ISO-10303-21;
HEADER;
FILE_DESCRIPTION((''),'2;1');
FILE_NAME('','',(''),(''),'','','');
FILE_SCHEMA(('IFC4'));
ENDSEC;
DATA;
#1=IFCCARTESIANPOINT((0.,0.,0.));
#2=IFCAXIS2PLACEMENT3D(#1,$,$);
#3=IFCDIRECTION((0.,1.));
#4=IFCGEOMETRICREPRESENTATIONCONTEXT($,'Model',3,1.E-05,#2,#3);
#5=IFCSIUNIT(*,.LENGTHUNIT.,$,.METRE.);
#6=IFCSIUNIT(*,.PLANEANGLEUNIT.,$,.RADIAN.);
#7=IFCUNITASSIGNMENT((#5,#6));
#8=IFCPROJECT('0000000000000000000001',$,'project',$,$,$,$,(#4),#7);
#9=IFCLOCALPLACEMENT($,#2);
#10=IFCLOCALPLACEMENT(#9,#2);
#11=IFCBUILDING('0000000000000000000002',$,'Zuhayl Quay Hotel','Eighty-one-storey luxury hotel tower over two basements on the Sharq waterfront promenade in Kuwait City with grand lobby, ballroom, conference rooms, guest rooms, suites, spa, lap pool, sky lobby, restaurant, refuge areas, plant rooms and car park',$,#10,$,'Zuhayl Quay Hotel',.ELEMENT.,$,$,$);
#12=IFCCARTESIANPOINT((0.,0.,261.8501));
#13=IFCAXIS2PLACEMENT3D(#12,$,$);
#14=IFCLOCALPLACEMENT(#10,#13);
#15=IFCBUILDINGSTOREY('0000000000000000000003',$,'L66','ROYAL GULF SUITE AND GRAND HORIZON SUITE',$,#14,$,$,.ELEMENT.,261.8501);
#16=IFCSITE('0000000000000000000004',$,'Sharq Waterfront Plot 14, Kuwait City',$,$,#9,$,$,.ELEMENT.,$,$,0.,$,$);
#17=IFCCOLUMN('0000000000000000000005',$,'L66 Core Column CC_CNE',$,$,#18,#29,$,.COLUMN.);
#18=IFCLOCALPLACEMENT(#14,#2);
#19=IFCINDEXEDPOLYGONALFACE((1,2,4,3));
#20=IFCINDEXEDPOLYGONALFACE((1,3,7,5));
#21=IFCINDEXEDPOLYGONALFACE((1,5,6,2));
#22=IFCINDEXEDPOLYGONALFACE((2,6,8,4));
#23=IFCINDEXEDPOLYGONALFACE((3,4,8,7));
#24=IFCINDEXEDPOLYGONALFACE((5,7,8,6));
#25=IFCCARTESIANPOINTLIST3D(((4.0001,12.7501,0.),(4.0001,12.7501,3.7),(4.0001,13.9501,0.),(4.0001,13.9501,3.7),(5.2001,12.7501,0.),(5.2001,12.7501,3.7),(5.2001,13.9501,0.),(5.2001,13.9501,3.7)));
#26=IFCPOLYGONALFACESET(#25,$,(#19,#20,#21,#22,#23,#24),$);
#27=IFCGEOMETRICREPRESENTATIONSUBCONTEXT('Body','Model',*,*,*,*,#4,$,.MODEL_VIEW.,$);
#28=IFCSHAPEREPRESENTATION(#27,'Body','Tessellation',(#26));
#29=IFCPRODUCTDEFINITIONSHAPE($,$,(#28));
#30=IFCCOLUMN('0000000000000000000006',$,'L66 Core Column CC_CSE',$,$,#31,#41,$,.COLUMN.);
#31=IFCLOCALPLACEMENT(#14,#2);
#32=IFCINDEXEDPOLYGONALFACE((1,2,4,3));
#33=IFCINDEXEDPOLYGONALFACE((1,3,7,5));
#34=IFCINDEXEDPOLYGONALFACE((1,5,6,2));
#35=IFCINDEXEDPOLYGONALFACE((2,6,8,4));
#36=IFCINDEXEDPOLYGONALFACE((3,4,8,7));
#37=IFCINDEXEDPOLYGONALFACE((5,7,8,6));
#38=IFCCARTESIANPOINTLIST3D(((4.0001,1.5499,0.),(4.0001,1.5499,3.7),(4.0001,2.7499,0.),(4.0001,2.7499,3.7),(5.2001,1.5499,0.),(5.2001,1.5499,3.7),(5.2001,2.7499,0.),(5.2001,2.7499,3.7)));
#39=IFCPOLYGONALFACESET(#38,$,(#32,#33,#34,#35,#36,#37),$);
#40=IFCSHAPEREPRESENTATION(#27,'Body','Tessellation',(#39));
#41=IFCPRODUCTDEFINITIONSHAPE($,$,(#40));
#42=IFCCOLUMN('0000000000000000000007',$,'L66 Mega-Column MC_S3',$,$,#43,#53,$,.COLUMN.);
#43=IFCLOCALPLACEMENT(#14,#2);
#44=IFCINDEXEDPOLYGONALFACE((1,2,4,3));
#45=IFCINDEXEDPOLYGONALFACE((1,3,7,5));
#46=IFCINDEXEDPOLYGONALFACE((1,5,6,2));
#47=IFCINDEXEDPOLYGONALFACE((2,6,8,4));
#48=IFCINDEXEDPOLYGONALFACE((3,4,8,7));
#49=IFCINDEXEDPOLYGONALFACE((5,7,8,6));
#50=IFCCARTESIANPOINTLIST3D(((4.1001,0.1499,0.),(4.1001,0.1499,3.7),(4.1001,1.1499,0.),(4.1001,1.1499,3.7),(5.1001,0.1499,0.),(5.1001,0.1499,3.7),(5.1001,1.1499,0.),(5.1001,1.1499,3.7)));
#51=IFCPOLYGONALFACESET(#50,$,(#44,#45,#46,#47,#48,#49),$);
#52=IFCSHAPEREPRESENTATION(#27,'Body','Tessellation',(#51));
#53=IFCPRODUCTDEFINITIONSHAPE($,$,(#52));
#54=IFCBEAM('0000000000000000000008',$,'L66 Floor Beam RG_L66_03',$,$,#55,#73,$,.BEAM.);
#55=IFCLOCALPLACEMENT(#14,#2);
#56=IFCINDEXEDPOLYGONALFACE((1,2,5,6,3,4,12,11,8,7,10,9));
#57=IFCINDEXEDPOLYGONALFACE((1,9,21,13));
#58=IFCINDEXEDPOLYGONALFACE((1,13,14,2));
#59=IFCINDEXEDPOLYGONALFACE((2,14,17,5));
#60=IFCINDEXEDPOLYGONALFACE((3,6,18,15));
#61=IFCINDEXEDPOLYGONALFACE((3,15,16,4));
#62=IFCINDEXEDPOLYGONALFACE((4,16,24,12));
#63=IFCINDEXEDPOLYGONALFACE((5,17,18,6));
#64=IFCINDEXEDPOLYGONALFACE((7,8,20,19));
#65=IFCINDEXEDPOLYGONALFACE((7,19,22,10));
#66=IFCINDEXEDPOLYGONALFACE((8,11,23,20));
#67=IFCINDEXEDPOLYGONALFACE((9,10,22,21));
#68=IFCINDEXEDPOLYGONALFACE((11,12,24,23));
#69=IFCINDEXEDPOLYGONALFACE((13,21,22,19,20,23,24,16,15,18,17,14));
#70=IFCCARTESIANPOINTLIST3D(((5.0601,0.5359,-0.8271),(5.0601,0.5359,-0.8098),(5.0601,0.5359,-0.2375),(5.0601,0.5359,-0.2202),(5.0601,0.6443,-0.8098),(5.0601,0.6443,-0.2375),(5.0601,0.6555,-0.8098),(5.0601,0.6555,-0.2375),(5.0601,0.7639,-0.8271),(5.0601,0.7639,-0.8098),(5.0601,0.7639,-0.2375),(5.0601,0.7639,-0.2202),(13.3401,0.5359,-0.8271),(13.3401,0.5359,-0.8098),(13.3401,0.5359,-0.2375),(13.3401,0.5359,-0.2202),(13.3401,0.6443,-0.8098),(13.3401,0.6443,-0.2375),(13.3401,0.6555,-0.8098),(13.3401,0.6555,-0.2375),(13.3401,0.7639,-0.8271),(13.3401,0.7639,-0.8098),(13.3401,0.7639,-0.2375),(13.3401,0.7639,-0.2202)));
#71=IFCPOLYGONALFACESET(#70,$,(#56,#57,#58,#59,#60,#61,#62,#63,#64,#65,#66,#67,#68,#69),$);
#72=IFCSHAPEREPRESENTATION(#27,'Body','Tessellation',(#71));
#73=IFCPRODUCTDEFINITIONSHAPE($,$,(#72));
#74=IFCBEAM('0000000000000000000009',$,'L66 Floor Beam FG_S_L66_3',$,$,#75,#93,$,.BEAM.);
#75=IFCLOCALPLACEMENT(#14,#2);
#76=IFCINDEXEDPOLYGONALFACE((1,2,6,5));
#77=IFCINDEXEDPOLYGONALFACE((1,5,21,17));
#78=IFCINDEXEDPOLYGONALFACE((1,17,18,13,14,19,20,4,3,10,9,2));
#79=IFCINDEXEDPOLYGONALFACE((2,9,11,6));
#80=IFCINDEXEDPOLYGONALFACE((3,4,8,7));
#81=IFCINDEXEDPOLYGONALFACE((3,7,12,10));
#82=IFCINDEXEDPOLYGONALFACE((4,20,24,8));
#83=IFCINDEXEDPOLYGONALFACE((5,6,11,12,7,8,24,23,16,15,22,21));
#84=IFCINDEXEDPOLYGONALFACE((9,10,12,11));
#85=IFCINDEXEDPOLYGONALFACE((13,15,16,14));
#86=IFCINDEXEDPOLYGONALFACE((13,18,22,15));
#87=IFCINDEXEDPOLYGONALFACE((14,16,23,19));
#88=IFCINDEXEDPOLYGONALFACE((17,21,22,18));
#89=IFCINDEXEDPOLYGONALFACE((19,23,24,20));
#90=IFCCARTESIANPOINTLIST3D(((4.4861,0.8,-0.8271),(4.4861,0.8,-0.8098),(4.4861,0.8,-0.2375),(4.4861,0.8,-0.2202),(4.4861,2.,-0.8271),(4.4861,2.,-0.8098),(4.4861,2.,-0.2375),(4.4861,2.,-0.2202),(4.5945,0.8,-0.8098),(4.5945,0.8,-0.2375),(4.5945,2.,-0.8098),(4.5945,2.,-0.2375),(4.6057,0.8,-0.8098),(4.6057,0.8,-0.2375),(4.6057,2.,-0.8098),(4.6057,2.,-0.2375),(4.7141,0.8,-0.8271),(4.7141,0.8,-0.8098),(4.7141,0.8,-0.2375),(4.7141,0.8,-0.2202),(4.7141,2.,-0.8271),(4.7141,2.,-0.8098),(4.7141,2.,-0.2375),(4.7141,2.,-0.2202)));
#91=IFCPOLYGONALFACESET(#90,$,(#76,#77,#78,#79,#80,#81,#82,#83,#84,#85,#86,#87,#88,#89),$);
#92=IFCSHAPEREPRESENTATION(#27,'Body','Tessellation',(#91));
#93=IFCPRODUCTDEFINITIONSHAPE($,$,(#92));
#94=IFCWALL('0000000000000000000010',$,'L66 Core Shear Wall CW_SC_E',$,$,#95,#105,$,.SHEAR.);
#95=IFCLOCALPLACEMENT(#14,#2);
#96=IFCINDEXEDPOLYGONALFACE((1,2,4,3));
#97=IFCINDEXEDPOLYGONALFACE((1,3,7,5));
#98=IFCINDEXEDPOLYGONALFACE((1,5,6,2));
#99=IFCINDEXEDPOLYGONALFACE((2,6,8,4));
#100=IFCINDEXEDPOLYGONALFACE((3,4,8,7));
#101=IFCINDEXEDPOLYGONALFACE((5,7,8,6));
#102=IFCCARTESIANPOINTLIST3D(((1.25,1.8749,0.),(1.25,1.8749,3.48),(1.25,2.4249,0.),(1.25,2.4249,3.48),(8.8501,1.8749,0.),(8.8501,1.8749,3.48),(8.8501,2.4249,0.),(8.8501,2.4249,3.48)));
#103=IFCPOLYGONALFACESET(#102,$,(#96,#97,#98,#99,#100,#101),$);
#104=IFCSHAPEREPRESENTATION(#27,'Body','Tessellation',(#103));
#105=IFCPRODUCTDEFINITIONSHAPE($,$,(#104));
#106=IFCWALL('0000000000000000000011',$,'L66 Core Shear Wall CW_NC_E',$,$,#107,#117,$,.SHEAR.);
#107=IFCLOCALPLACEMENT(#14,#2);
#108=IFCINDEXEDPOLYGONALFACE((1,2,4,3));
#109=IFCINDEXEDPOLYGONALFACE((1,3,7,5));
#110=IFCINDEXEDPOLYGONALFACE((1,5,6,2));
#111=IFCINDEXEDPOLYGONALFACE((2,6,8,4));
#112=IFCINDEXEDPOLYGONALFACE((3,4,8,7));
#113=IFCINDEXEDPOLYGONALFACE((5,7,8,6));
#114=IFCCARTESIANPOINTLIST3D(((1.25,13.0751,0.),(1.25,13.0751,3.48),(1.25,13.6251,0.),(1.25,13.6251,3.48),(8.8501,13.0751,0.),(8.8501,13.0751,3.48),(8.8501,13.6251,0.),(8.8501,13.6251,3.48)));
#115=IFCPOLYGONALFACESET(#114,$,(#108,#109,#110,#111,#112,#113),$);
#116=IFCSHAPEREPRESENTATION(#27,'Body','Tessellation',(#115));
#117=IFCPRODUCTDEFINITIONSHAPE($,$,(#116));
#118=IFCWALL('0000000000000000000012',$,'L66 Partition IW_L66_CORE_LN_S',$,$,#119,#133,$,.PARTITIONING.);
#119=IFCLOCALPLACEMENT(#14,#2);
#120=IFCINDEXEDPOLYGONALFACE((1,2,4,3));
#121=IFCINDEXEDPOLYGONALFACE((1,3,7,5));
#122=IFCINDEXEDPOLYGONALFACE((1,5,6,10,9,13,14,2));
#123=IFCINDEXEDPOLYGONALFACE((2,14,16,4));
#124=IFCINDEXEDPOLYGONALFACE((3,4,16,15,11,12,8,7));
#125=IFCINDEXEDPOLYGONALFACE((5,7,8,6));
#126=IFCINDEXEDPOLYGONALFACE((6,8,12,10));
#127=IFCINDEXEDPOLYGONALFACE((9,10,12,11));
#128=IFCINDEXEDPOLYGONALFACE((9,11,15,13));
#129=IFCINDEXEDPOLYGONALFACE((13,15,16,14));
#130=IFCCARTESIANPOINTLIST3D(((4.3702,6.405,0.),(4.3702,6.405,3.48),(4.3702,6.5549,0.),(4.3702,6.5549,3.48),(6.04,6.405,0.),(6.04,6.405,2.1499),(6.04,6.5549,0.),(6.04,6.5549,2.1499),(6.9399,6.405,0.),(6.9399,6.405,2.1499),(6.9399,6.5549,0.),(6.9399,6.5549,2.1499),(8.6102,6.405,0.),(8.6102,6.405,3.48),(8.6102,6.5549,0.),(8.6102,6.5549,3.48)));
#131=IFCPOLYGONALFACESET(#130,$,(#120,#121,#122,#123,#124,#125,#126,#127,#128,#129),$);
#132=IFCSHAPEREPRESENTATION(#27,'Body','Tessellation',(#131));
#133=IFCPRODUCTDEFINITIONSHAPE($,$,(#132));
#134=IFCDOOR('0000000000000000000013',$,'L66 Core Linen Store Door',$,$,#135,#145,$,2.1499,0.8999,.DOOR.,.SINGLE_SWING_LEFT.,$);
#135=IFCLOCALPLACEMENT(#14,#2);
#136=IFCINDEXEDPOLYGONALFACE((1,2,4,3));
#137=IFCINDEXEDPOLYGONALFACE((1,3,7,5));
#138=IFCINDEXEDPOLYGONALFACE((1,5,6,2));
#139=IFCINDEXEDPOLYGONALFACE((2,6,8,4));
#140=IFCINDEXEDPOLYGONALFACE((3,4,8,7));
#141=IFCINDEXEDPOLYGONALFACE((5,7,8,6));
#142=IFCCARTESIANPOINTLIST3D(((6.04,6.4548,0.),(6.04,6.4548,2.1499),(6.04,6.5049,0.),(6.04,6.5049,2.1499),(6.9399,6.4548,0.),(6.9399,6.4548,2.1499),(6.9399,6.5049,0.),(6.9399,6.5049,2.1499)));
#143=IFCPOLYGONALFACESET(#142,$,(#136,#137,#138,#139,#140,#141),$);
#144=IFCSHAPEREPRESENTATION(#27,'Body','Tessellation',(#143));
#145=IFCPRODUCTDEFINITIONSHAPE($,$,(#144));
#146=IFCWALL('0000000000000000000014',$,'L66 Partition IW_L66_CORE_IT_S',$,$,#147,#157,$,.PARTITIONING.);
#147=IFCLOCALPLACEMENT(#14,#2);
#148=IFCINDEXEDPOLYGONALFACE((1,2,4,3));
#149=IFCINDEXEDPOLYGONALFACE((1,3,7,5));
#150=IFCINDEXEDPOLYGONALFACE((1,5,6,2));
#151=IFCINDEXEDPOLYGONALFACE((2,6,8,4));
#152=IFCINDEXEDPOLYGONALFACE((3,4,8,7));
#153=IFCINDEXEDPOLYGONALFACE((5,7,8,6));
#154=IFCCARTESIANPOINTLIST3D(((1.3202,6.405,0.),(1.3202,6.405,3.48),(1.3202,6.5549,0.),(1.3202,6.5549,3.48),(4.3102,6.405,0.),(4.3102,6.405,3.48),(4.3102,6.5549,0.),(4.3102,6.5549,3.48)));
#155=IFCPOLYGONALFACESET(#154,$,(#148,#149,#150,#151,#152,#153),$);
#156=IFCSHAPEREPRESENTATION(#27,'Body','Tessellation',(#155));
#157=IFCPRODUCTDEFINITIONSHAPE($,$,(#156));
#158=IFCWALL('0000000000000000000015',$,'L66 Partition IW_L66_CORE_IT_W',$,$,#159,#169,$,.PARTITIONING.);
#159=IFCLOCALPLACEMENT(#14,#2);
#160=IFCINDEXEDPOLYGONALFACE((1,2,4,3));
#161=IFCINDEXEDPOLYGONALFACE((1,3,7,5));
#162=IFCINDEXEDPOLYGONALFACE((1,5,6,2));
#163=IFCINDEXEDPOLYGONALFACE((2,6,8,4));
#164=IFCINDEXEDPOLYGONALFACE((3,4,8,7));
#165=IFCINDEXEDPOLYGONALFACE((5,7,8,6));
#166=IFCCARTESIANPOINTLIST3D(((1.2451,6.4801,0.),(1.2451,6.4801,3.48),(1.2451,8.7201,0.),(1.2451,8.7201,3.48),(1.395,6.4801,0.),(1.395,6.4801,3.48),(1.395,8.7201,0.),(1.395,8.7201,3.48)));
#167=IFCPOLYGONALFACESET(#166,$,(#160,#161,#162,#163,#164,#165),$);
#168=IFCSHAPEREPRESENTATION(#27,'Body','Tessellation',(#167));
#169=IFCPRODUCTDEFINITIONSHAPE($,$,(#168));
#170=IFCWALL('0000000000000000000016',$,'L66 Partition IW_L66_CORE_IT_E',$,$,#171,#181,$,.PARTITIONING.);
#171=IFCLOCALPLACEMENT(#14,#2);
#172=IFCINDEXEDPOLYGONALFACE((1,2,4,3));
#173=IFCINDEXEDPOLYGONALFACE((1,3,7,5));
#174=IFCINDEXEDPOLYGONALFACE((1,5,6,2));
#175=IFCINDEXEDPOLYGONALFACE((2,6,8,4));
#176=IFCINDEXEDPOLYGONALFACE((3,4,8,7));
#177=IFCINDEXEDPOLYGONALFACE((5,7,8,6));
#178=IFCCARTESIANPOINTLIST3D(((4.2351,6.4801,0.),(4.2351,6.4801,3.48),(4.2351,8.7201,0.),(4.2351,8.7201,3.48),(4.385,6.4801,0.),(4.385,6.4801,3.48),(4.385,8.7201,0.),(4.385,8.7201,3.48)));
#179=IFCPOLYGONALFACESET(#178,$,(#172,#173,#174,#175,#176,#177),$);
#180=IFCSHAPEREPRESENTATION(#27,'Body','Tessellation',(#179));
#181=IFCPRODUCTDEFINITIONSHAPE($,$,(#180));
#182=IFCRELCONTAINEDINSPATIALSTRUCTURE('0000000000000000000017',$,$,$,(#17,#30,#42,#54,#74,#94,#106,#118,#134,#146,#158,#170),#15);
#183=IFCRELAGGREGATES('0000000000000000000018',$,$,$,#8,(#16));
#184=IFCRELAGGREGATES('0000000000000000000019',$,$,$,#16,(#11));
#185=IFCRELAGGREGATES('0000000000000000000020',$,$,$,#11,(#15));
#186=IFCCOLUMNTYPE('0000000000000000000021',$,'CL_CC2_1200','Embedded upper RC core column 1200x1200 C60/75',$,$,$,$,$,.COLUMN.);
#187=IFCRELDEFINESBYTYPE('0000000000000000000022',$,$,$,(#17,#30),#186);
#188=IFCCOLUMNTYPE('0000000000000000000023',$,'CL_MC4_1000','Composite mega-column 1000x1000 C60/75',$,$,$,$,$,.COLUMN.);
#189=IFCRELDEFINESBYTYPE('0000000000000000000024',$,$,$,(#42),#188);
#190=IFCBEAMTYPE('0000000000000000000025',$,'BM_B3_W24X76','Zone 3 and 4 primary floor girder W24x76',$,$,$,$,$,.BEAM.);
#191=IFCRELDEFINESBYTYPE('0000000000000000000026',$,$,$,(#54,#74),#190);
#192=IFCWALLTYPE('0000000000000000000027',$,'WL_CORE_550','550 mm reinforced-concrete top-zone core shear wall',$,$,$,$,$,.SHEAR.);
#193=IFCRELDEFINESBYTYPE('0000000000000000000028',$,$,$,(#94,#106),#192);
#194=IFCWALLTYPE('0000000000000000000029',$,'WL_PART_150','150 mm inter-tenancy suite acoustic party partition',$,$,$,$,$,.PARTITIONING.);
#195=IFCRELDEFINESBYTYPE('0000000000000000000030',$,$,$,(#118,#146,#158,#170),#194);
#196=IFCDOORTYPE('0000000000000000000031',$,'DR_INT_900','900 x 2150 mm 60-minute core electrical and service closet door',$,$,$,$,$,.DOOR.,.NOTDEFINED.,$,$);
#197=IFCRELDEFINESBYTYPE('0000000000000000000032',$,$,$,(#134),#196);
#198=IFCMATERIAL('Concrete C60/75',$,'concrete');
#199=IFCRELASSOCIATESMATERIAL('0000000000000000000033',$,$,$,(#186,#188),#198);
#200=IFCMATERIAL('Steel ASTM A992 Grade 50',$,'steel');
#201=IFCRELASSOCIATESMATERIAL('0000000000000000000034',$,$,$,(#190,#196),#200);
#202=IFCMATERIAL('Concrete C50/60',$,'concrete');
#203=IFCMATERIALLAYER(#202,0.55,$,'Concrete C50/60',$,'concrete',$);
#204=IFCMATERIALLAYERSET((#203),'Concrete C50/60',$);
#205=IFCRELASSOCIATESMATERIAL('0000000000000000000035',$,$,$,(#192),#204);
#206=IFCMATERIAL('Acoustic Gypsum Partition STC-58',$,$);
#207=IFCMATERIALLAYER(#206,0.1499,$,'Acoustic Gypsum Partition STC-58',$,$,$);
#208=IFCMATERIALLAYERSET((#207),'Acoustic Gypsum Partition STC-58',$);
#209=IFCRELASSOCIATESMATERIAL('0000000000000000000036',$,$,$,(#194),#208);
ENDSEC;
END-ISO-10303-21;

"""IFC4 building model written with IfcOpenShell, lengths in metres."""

from ifc_helpers import new_model, si_unit, direction, frame, frame_2d, origin, origin_2d, place, context, subcontext, project, spatial, rectangle, i_section, extrude, material, layer, layer_set, material_profile, profile_set, type_object, element, fill, save


model = new_model("IFC4")

# Units and contexts
model_context = context("Model", 3, precision=1e-05, world=origin(), true_north=direction((0.0, 1.0)))
body_context = subcontext(model_context, "Body", "Model", "MODEL_VIEW")
ifc_project = project(units=[si_unit("LENGTHUNIT", "METRE"), si_unit("PLANEANGLEUNIT", "RADIAN")], contexts=[model_context])

# Site, building, storey
site_placement = place(None, origin())
site = spatial("IfcSite", under=ifc_project, at=site_placement, Name="Sharq Waterfront Plot 14, Kuwait City", CompositionType="ELEMENT", RefElevation=0.0)
building_placement = place(site_placement, origin())
building = spatial("IfcBuilding", under=site, at=building_placement, Name="Zuhayl Quay Hotel", Description="Eighty-one-storey luxury hotel tower over two basements on the Sharq waterfront promenade in Kuwait City with grand lobby, ballroom, conference rooms, guest rooms, suites, spa, lap pool, sky lobby, restaurant, refuge areas, plant rooms and car park", LongName="Zuhayl Quay Hotel", CompositionType="ELEMENT")
storey_placement = place(building_placement, frame((0.0, 0.0, 261.8501)))
storey = spatial("IfcBuildingStorey", under=building, at=storey_placement, Name="L66", Description="ROYAL GULF SUITE AND GRAND HORIZON SUITE", CompositionType="ELEMENT", Elevation=261.8501)

# Columns
ifc_material_1 = material(Name="Concrete C60/75", Category="concrete")
ifc_material_profile_1 = material_profile(ifc_material_1, rectangle(XDim=1.2, YDim=1.2, at=origin_2d()), Name="RC1200X1200")
ifc_profile_set_1 = profile_set([ifc_material_profile_1], Name="Concrete C60/75")
column_type_1 = type_object("IfcColumnType", Name="CL_CC2_1200", Description="Embedded upper RC core column 1200x1200 C60/75", PredefinedType="COLUMN", material=ifc_profile_set_1)
for number, where, z_axis, x_axis, name in (
    (1, (4.6001, 13.3501, 0.0), (0.0, 0.0, 1.0), (1.0, 0.0, 0.0), "L66 Core Column CC_CNE"),
    (2, (4.6001, 2.1499, 0.0), (0.0, 0.0, 1.0), (1.0, 0.0, 0.0), "L66 Core Column CC_CSE"),
):
    element("IfcColumn", number, at=place(storey_placement, frame(where, z_axis=z_axis, x_axis=x_axis)), inside=storey, type_object=column_type_1, Name=name, PredefinedType="COLUMN", context=body_context, shape_type="SweptSolid", body=[
        extrude(rectangle(XDim=1.2, YDim=1.2, at=origin_2d()), origin(), (0.0, 0.0, 1.0), 3.7),
    ])
ifc_material_profile_2 = material_profile(ifc_material_1, rectangle(XDim=1.0, YDim=1.0, at=origin_2d()), Name="RC1000X1000")
ifc_profile_set_2 = profile_set([ifc_material_profile_2], Name="Concrete C60/75")
column_type_2 = type_object("IfcColumnType", Name="CL_MC4_1000", Description="Composite mega-column 1000x1000 C60/75", PredefinedType="COLUMN", material=ifc_profile_set_2)
column_placement = place(storey_placement, frame((4.6001, 0.6499, 0.0), z_axis=(0.0, 0.0, 1.0), x_axis=(1.0, 0.0, 0.0)))
element("IfcColumn", 3, at=column_placement, inside=storey, type_object=column_type_2, Name="L66 Mega-Column MC_S3", PredefinedType="COLUMN", context=body_context, shape_type="SweptSolid", body=[
    extrude(rectangle(XDim=1.0, YDim=1.0, at=origin_2d()), origin(), (0.0, 0.0, 1.0), 3.7),
])

# Beams
ifc_material_2 = material(Name="Steel ASTM A992 Grade 50", Category="steel")
ifc_material_profile_3 = material_profile(ifc_material_2, i_section(OverallWidth=0.228, OverallDepth=0.6069, WebThickness=0.0112, FlangeThickness=0.0173, at=origin_2d()), Name="W24X76")
ifc_profile_set_3 = profile_set([ifc_material_profile_3], Name="Steel ASTM A992 Grade 50")
beam_type = type_object("IfcBeamType", Name="BM_B3_W24X76", Description="Zone 3 and 4 primary floor girder W24x76", PredefinedType="BEAM", material=ifc_profile_set_3)
beam_1_placement = place(storey_placement, frame((5.0601, 0.6499, -0.5237), z_axis=(1.0, 0.0, 0.0), x_axis=(0.0, 1.0, 0.0)))
element("IfcBeam", 4, at=beam_1_placement, inside=storey, type_object=beam_type, Name="L66 Floor Beam RG_L66_03", PredefinedType="BEAM", context=body_context, shape_type="SweptSolid", body=[
    extrude(i_section(OverallWidth=0.228, OverallDepth=0.6069, WebThickness=0.0112, FlangeThickness=0.0173, at=origin_2d()), origin(), (0.0, 0.0, 1.0), 8.28),
])
beam_2_placement = place(storey_placement, frame((4.6001, 0.8, -0.5237), z_axis=(0.0, 1.0, 0.0), x_axis=(-1.0, 0.0, 0.0)))
element("IfcBeam", 5, at=beam_2_placement, inside=storey, type_object=beam_type, Name="L66 Floor Beam FG_S_L66_3", PredefinedType="BEAM", context=body_context, shape_type="SweptSolid", body=[
    extrude(i_section(OverallWidth=0.228, OverallDepth=0.6069, WebThickness=0.0112, FlangeThickness=0.0173, at=origin_2d()), origin(), (0.0, 0.0, 1.0), 1.2),
])

# Walls
ifc_material_3 = material(Name="Concrete C50/60", Category="concrete")
ifc_layer_1 = layer(ifc_material_3, 0.55, Name="Concrete C50/60", Category="concrete")
ifc_layer_set_1 = layer_set([ifc_layer_1], Name="Concrete C50/60")
wall_type_1 = type_object("IfcWallType", Name="WL_CORE_550", Description="550 mm reinforced-concrete top-zone core shear wall", PredefinedType="SHEAR", material=ifc_layer_set_1)
for number, where, z_axis, x_axis, name in (
    (6, (1.25, 2.1499, 0.0), (0.0, 0.0, 1.0), (1.0, 0.0, 0.0), "L66 Core Shear Wall CW_SC_E"),
    (7, (1.25, 13.3501, 0.0), (0.0, 0.0, 1.0), (1.0, 0.0, 0.0), "L66 Core Shear Wall CW_NC_E"),
):
    element("IfcWall", number, at=place(storey_placement, frame(where, z_axis=z_axis, x_axis=x_axis)), inside=storey, type_object=wall_type_1, Name=name, PredefinedType="SHEAR", context=body_context, shape_type="SweptSolid", body=[
        extrude(rectangle(XDim=7.6001, YDim=0.55, at=frame_2d((3.8, 0.0))), origin(), (0.0, 0.0, 1.0), 3.48),
    ])

# Wall, opening, door
ifc_material_4 = material(Name="Acoustic Gypsum Partition STC-58")
ifc_layer_2 = layer(ifc_material_4, 0.1499, Name="Acoustic Gypsum Partition STC-58")
ifc_layer_set_2 = layer_set([ifc_layer_2], Name="Acoustic Gypsum Partition STC-58")
wall_type_2 = type_object("IfcWallType", Name="WL_PART_150", Description="150 mm inter-tenancy suite acoustic party partition", PredefinedType="PARTITIONING", material=ifc_layer_set_2)
door_type_1 = type_object("IfcDoorType", Name="DR_INT_900", Description="900 x 2150 mm 60-minute core electrical and service closet door", OperationType="NOTDEFINED", PredefinedType="DOOR", material=ifc_material_2)
wall_1_placement = place(storey_placement, frame((4.3701, 6.48, 0.0), z_axis=(0.0, 0.0, 1.0), x_axis=(1.0, 0.0, 0.0)))
wall_1 = element("IfcWall", 8, at=wall_1_placement, inside=storey, type_object=wall_type_2, Name="L66 Partition IW_L66_CORE_LN_S", PredefinedType="PARTITIONING", context=body_context, shape_type="SweptSolid", body=[
    extrude(rectangle(XDim=4.24, YDim=0.1499, at=frame_2d((2.1201, 0.0))), origin(), (0.0, 0.0, 1.0), 3.48),
])
opening_1_placement = place(wall_1_placement, frame((1.6699, 0.0, 0.0)))
opening_1 = element("IfcOpeningElement", 9, at=opening_1_placement, cuts=wall_1, PredefinedType="OPENING", context=body_context, shape_type="SweptSolid", body=[
    extrude(rectangle(XDim=0.8999, YDim=2.1499, at=frame_2d((0.45, 1.075))), frame((0.0, 0.085, 0.0), z_axis=(0.0, -1.0, 0.0), x_axis=(1.0, 0.0, 0.0)), (0.0, 0.0, 1.0), 0.1699),
])
door_1_placement = place(opening_1_placement, origin())
door_1 = element("IfcDoor", 10, at=door_1_placement, inside=storey, type_object=door_type_1, Name="L66 Core Linen Store Door", OperationType="SINGLE_SWING_LEFT", OverallHeight=2.1499, OverallWidth=0.8999, PredefinedType="DOOR", context=body_context, shape_type="SweptSolid", body=[
    extrude(rectangle(XDim=0.8999, YDim=2.1499, at=frame_2d((0.45, 1.075))), frame((0.0, 0.0249, 0.0), z_axis=(0.0, -1.0, 0.0), x_axis=(1.0, 0.0, 0.0)), (0.0, 0.0, 1.0), 0.05),
])
fill(opening_1, door_1)

# Walls
wall_2_placement = place(storey_placement, frame((1.3201, 6.48, 0.0), z_axis=(0.0, 0.0, 1.0), x_axis=(1.0, 0.0, 0.0)))
element("IfcWall", 11, at=wall_2_placement, inside=storey, type_object=wall_type_2, Name="L66 Partition IW_L66_CORE_IT_S", PredefinedType="PARTITIONING", context=body_context, shape_type="SweptSolid", body=[
    extrude(rectangle(XDim=2.99, YDim=0.1499, at=frame_2d((1.4951, 0.0))), origin(), (0.0, 0.0, 1.0), 3.48),
])
for number, where, z_axis, x_axis, name in (
    (12, (1.3201, 6.48, 0.0), (0.0, 0.0, 1.0), (0.0, 1.0, 0.0), "L66 Partition IW_L66_CORE_IT_W"),
    (13, (4.3101, 6.48, 0.0), (0.0, 0.0, 1.0), (0.0, 1.0, 0.0), "L66 Partition IW_L66_CORE_IT_E"),
):
    element("IfcWall", number, at=place(storey_placement, frame(where, z_axis=z_axis, x_axis=x_axis)), inside=storey, type_object=wall_type_2, Name=name, PredefinedType="PARTITIONING", context=body_context, shape_type="SweptSolid", body=[
        extrude(rectangle(XDim=2.24, YDim=0.1499, at=frame_2d((1.1201, 0.0))), origin(), (0.0, 0.0, 1.0), 3.48),
    ])

save(model, "model.ifc")
